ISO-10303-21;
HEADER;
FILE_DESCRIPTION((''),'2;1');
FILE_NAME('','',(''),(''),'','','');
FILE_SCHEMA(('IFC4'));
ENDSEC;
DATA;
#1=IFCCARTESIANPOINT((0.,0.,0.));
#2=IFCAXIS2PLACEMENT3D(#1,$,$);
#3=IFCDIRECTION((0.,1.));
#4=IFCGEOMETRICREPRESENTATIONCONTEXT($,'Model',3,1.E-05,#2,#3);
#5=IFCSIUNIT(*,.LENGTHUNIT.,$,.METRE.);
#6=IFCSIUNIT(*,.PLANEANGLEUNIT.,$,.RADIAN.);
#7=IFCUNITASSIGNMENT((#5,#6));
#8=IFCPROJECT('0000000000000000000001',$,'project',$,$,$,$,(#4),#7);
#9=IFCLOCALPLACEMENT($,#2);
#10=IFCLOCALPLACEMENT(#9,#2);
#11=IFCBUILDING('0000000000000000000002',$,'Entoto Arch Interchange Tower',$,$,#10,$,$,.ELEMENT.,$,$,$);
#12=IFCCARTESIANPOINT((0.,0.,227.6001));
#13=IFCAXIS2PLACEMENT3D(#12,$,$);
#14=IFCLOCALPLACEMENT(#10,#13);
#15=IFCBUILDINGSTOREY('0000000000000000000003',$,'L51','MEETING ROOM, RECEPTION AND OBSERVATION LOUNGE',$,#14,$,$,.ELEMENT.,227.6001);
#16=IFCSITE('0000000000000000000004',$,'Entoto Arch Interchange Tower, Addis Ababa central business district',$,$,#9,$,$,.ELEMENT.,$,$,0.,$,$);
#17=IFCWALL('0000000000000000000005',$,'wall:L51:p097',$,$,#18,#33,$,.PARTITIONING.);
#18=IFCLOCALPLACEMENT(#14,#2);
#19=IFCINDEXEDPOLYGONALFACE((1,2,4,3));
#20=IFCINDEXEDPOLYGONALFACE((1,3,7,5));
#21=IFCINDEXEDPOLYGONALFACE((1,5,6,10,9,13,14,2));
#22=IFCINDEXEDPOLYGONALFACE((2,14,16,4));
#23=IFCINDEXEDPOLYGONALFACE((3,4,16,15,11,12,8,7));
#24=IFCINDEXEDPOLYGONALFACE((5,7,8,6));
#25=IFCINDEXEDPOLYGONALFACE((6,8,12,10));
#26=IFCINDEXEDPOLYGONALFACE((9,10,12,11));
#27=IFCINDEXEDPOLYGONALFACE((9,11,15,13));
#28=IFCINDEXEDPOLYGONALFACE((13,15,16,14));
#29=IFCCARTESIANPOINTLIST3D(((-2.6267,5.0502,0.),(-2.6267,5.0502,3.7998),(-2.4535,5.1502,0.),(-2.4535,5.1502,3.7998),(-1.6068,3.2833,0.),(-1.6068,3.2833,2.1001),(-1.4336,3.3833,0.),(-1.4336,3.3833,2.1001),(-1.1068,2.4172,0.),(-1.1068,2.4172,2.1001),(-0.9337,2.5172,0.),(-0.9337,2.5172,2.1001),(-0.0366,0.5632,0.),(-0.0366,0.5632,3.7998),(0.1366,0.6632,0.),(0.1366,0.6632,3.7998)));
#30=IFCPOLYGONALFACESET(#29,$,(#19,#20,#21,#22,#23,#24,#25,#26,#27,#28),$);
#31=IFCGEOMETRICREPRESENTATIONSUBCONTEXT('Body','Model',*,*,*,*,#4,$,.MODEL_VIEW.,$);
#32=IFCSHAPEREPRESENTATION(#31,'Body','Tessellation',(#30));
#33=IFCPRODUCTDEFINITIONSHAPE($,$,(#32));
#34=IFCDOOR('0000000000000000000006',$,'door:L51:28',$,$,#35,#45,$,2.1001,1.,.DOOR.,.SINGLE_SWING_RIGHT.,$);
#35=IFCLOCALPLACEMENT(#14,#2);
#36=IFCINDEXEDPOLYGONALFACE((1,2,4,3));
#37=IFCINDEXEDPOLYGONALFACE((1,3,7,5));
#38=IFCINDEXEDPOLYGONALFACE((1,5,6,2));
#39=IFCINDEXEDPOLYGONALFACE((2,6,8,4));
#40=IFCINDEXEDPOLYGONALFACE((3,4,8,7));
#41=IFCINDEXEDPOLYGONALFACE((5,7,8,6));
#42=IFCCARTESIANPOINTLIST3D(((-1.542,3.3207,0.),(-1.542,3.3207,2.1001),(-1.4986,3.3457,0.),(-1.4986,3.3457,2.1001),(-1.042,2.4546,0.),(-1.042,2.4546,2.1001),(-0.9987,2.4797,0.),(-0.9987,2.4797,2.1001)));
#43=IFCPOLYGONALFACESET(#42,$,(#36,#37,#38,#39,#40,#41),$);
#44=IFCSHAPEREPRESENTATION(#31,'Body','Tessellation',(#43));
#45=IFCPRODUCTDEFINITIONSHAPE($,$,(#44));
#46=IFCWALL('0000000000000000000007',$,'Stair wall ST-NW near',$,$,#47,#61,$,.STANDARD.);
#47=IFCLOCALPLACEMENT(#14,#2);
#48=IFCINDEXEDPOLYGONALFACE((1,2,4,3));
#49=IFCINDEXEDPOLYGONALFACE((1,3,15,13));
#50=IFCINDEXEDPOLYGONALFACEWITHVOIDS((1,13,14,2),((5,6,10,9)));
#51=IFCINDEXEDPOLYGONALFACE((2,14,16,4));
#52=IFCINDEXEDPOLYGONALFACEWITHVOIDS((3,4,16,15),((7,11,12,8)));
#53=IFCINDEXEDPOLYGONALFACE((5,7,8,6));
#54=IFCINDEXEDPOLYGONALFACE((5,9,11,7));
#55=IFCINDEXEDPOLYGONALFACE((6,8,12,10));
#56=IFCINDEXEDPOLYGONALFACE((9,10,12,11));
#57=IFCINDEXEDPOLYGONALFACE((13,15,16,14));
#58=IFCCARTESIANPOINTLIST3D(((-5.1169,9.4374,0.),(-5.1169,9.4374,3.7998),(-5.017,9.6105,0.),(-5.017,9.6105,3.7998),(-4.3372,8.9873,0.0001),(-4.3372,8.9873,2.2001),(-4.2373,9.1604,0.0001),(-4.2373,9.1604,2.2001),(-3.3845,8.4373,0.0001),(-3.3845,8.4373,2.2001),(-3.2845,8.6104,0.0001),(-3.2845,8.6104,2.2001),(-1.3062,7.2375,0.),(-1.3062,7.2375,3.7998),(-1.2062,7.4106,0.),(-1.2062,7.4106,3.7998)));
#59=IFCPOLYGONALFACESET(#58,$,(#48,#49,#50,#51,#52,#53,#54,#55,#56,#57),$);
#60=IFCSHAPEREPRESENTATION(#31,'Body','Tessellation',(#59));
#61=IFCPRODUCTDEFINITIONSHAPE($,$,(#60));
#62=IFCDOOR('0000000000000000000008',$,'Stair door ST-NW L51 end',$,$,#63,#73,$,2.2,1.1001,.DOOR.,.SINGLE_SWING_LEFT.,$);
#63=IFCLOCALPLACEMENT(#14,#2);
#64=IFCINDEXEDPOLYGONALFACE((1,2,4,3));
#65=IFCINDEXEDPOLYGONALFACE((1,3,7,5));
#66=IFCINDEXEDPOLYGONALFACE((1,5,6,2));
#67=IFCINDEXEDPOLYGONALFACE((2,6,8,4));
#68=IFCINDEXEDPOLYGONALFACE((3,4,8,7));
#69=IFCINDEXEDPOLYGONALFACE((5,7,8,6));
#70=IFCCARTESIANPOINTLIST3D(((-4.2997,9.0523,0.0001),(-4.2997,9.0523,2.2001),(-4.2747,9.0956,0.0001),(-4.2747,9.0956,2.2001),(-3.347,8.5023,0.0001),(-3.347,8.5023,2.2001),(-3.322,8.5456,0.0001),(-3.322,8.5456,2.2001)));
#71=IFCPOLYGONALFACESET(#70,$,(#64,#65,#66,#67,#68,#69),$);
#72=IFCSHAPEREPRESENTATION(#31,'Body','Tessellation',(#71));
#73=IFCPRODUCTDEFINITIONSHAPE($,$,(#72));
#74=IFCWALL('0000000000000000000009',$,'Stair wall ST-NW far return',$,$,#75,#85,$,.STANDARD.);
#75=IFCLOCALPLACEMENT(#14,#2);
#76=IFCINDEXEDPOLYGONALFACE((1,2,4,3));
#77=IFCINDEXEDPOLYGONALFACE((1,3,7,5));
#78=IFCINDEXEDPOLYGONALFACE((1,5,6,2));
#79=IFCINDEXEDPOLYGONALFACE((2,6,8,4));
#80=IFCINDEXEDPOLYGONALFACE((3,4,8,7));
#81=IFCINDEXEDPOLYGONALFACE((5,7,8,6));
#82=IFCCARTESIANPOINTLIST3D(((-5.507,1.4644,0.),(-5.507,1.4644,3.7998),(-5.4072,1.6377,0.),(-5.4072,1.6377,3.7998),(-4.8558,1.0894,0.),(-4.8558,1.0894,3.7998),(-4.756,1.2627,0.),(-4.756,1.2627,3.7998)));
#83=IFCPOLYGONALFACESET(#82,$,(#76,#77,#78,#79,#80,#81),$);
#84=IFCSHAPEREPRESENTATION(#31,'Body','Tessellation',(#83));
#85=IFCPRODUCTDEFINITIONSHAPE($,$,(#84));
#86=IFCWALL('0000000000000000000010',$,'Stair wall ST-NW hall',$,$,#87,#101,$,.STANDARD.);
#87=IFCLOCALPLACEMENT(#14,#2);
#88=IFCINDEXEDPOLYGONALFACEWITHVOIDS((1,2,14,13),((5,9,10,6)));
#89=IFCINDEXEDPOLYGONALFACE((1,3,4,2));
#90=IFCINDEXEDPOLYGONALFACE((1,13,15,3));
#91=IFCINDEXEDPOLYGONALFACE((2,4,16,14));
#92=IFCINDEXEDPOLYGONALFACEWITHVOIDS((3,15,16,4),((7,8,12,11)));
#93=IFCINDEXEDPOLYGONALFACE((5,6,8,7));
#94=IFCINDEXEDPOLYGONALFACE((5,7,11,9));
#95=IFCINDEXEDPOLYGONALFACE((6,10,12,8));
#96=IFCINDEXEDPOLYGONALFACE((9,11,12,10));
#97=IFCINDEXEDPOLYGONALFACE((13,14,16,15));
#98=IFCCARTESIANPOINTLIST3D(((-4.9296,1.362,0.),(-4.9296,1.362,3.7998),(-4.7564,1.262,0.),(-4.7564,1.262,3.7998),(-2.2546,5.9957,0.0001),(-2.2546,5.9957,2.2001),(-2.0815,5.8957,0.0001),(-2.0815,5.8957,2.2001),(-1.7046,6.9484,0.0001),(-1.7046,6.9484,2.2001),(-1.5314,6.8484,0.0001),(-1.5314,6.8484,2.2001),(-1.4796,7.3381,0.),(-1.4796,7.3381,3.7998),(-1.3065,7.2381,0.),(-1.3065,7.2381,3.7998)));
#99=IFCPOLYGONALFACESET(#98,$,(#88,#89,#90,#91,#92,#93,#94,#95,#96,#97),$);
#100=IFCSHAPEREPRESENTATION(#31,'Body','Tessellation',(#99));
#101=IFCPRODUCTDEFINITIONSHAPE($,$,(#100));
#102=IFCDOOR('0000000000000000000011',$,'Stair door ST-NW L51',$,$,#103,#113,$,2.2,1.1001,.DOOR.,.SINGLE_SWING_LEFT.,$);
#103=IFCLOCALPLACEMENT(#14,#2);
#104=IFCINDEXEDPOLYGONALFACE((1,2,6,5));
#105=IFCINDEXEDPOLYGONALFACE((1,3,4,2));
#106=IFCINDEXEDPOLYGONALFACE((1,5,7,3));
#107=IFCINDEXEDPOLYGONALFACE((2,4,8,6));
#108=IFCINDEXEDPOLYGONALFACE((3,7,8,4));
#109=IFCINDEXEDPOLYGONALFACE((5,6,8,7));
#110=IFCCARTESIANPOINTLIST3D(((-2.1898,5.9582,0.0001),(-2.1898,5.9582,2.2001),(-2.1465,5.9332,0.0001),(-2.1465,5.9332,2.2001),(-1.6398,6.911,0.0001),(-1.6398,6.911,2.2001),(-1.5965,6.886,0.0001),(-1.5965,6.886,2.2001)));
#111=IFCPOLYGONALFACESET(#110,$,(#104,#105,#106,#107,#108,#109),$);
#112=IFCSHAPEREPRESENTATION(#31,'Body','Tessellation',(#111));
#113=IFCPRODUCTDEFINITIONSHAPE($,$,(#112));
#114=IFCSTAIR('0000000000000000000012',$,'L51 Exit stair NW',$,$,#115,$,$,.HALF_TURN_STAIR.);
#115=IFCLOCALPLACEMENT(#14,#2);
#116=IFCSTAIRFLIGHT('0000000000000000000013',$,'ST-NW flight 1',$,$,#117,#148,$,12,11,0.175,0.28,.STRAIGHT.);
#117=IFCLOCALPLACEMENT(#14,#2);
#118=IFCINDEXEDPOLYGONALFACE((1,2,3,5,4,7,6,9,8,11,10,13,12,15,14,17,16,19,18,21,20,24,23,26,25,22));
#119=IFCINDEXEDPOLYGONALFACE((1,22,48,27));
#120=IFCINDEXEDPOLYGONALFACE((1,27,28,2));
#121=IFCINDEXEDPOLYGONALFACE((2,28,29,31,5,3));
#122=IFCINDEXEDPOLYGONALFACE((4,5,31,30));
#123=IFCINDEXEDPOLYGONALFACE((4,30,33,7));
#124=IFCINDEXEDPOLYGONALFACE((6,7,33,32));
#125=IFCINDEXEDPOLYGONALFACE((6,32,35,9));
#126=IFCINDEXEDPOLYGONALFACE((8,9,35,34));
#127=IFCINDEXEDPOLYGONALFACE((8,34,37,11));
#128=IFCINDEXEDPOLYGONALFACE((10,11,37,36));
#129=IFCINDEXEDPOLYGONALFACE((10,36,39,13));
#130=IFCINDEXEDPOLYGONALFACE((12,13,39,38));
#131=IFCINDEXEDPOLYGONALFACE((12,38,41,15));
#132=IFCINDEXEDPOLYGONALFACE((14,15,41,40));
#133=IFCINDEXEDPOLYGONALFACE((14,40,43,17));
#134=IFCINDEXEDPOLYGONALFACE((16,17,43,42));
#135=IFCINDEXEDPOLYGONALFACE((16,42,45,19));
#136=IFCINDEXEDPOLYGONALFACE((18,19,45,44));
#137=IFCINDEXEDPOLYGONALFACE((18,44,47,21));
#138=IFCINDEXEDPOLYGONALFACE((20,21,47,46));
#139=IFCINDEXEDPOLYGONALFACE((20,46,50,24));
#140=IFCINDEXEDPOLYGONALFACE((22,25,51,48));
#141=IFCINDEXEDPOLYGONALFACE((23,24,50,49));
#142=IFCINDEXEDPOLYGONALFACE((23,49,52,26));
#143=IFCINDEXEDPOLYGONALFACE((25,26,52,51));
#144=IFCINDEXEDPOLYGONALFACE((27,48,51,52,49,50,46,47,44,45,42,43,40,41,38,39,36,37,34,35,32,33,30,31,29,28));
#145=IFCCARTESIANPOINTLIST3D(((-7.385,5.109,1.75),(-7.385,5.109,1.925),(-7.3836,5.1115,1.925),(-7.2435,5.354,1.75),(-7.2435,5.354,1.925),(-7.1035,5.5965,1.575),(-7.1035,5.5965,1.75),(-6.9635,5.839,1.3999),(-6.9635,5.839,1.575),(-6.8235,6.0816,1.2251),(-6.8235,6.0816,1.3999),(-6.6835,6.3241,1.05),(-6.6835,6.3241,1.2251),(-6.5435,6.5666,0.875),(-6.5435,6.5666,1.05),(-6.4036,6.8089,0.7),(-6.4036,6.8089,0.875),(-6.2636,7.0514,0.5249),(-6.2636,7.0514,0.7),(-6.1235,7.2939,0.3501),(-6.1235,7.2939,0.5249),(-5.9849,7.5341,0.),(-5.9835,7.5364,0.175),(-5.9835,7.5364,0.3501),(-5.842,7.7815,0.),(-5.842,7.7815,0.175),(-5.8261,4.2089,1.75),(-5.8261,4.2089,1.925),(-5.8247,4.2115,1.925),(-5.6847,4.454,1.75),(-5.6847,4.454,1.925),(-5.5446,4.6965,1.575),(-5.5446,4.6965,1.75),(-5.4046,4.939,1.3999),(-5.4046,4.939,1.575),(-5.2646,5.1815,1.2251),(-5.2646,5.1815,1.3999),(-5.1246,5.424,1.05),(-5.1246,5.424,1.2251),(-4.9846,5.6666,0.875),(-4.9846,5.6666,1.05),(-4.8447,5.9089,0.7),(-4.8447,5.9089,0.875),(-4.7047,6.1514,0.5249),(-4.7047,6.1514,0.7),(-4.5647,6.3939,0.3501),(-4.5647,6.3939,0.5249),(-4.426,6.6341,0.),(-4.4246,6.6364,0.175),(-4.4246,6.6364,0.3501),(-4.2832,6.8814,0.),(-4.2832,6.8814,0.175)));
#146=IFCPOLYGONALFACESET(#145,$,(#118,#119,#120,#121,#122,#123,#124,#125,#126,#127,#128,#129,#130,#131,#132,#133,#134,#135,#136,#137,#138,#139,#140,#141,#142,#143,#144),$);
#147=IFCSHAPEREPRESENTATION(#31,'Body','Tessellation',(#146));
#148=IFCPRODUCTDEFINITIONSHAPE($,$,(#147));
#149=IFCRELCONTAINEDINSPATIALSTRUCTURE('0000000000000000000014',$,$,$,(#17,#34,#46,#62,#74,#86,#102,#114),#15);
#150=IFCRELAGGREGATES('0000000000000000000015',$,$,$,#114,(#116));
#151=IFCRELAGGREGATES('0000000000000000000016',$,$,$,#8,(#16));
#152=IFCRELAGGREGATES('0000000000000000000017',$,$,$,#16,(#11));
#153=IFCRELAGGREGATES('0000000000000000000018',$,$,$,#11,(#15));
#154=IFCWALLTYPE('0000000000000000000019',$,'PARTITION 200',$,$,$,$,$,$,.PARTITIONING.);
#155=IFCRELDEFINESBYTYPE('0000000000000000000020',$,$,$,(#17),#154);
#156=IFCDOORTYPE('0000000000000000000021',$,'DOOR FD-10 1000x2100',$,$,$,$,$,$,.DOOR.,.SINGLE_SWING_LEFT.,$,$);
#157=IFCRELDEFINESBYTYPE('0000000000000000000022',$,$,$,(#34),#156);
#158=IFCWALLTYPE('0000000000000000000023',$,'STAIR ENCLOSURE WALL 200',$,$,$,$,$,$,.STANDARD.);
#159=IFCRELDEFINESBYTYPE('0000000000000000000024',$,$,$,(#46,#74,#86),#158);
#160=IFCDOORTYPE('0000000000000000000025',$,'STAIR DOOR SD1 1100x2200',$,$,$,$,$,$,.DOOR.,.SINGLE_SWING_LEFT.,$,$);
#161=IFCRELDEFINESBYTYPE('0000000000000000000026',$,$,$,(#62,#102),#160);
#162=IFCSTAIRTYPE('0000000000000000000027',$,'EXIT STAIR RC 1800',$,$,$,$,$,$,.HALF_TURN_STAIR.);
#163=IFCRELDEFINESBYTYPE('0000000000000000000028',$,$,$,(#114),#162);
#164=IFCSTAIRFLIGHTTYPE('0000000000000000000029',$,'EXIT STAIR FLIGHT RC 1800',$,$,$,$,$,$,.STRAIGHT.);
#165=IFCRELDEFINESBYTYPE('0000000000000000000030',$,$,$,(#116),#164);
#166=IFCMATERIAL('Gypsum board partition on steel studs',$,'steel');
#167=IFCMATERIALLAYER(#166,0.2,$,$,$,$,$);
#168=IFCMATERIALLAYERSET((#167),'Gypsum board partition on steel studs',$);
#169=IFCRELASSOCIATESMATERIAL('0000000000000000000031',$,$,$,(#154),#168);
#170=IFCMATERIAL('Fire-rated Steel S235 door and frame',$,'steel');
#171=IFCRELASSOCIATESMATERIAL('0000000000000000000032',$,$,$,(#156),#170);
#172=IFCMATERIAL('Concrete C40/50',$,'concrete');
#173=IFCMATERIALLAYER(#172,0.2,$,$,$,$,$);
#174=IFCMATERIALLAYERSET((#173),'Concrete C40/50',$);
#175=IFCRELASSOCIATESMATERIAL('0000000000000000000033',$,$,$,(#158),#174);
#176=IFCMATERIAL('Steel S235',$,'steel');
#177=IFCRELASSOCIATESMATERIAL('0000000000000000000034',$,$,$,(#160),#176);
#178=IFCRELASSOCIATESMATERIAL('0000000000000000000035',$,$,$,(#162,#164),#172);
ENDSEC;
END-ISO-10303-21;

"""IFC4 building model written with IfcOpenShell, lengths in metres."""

from ifc_helpers import new_model, si_unit, direction, frame, frame_2d, origin, place, context, subcontext, project, spatial, polyline, rectangle, outline, extrude, material, layer, layer_set, type_object, element, fill, aggregate, save


model = new_model("IFC4")

# Units and contexts
model_context = context("Model", 3, precision=1e-05, world=origin(), true_north=direction((0.0, 1.0)))
body_context = subcontext(model_context, "Body", "Model", "MODEL_VIEW")
ifc_project = project(units=[si_unit("LENGTHUNIT", "METRE"), si_unit("PLANEANGLEUNIT", "RADIAN")], contexts=[model_context])

# Site, building, storey
site_placement = place(None, origin())
site = spatial("IfcSite", under=ifc_project, at=site_placement, Name="Entoto Arch Interchange Tower, Addis Ababa central business district", CompositionType="ELEMENT", RefElevation=0.0)
building_placement = place(site_placement, origin())
building = spatial("IfcBuilding", under=site, at=building_placement, Name="Entoto Arch Interchange Tower", CompositionType="ELEMENT")
storey_placement = place(building_placement, frame((0.0, 0.0, 227.6001)))
storey = spatial("IfcBuildingStorey", under=building, at=storey_placement, Name="L51", Description="MEETING ROOM, RECEPTION AND OBSERVATION LOUNGE", CompositionType="ELEMENT", Elevation=227.6001)

# Walls, openings, doors
ifc_material_1 = material(Name="Gypsum board partition on steel studs", Category="steel")
ifc_layer_1 = layer(ifc_material_1, 0.2)
ifc_layer_set_1 = layer_set([ifc_layer_1], Name="Gypsum board partition on steel studs")
wall_type_1 = type_object("IfcWallType", Name="PARTITION 200", PredefinedType="PARTITIONING", material=ifc_layer_set_1)
wall_1_placement = place(storey_placement, frame((-2.54, 5.1001, 0.0), z_axis=(0.0, 0.0, 1.0), x_axis=(0.499925, -0.866069, 0.0)))
wall_1 = element("IfcWall", 1, at=wall_1_placement, inside=storey, type_object=wall_type_1, Name="wall:L51:p097", PredefinedType="PARTITIONING", context=body_context, shape_type="SweptSolid", body=[
    extrude(rectangle(XDim=5.1809, YDim=0.2, at=frame_2d((2.5903, 0.0))), origin(), (0.0, 0.0, 1.0), 3.7998),
])
opening_1_placement = place(wall_1_placement, frame((2.04, 0.0, 0.0)))
opening_1 = element("IfcOpeningElement", 2, at=opening_1_placement, cuts=wall_1, PredefinedType="OPENING", context=body_context, shape_type="SweptSolid", body=[
    extrude(rectangle(XDim=1.0, YDim=2.1001, at=frame_2d((0.5, 1.05))), frame((0.0, 0.1099, 0.0), z_axis=(0.0, -1.0, 0.0), x_axis=(1.0, 0.0, 0.0)), (0.0, 0.0, 1.0), 0.22),
])
ifc_material_2 = material(Name="Fire-rated Steel S235 door and frame", Category="steel")
door_type_1 = type_object("IfcDoorType", Name="DOOR FD-10 1000x2100", OperationType="SINGLE_SWING_LEFT", PredefinedType="DOOR", material=ifc_material_2)
door_1_placement = place(opening_1_placement, origin())
door_1 = element("IfcDoor", 3, at=door_1_placement, inside=storey, type_object=door_type_1, Name="door:L51:28", OperationType="SINGLE_SWING_RIGHT", OverallHeight=2.1001, OverallWidth=1.0, PredefinedType="DOOR", context=body_context, shape_type="SweptSolid", body=[
    extrude(rectangle(XDim=1.0, YDim=2.1001, at=frame_2d((0.5, 1.05))), frame((0.0, 0.0249, 0.0), z_axis=(0.0, -1.0, 0.0), x_axis=(1.0, 0.0, 0.0)), (0.0, 0.0, 1.0), 0.05),
])
fill(opening_1, door_1)
ifc_material_3 = material(Name="Concrete C40/50", Category="concrete")
ifc_layer_2 = layer(ifc_material_3, 0.2)
ifc_layer_set_2 = layer_set([ifc_layer_2], Name="Concrete C40/50")
wall_type_2 = type_object("IfcWallType", Name="STAIR ENCLOSURE WALL 200", PredefinedType="STANDARD", material=ifc_layer_set_2)
wall_2_placement = place(storey_placement, frame((-1.2561, 7.324, 0.0), z_axis=(0.0, 0.0, 1.0), x_axis=(-0.866046, 0.499964, 0.0)))
wall_2 = element("IfcWall", 4, at=wall_2_placement, inside=storey, type_object=wall_type_2, Name="Stair wall ST-NW near", PredefinedType="STANDARD", context=body_context, shape_type="SweptSolid", body=[
    extrude(rectangle(XDim=4.4001, YDim=0.2, at=frame_2d((2.2002, 0.0))), origin(), (0.0, 0.0, 1.0), 3.7998),
])
opening_2_placement = place(wall_2_placement, frame((2.3999, 0.0, 0.0)))
opening_2 = element("IfcOpeningElement", 5, at=opening_2_placement, cuts=wall_2, PredefinedType="OPENING", context=body_context, shape_type="SweptSolid", body=[
    extrude(rectangle(XDim=1.1001, YDim=2.2, at=frame_2d((0.55, 1.1001))), frame((0.0, 0.1099, 0.0), z_axis=(0.0, -1.0, 0.0), x_axis=(1.0, 0.0, 0.0)), (0.0, 0.0, 1.0), 0.22),
])
ifc_material_4 = material(Name="Steel S235", Category="steel")
door_type_2 = type_object("IfcDoorType", Name="STAIR DOOR SD1 1100x2200", OperationType="SINGLE_SWING_LEFT", PredefinedType="DOOR", material=ifc_material_4)
door_2_placement = place(opening_2_placement, origin())
door_2 = element("IfcDoor", 6, at=door_2_placement, inside=storey, type_object=door_type_2, Name="Stair door ST-NW L51 end", OperationType="SINGLE_SWING_LEFT", OverallHeight=2.2, OverallWidth=1.1001, PredefinedType="DOOR", context=body_context, shape_type="SweptSolid", body=[
    extrude(rectangle(XDim=1.1001, YDim=2.2, at=frame_2d((0.55, 1.1001))), frame((0.0, 0.0249, 0.0), z_axis=(0.0, -1.0, 0.0), x_axis=(1.0, 0.0, 0.0)), (0.0, 0.0, 1.0), 0.05),
])
fill(opening_2, door_2)

# Wall
wall_3_placement = place(storey_placement, frame((-4.8059, 1.176, 0.0), z_axis=(0.0, 0.0, 1.0), x_axis=(-0.866559, 0.499075, 0.0)))
element("IfcWall", 7, at=wall_3_placement, inside=storey, type_object=wall_type_2, Name="Stair wall ST-NW far return", PredefinedType="STANDARD", context=body_context, shape_type="SweptSolid", body=[
    extrude(rectangle(XDim=0.7515, YDim=0.2, at=frame_2d((0.3757, 0.0))), origin(), (0.0, 0.0, 1.0), 3.7998),
])

# Wall, opening, door
wall_4_placement = place(storey_placement, frame((-1.3931, 7.2881, 0.0), z_axis=(0.0, 0.0, 1.0), x_axis=(-0.499963, -0.866047, 0.0)))
wall_4 = element("IfcWall", 8, at=wall_4_placement, inside=storey, type_object=wall_type_2, Name="Stair wall ST-NW hall", PredefinedType="STANDARD", context=body_context, shape_type="SweptSolid", body=[
    extrude(rectangle(XDim=6.9004, YDim=0.2, at=frame_2d((3.4502, 0.0))), origin(), (0.0, 0.0, 1.0), 3.7998),
])
opening_3_placement = place(wall_4_placement, frame((0.45, 0.0, 0.0)))
opening_3 = element("IfcOpeningElement", 9, at=opening_3_placement, cuts=wall_4, PredefinedType="OPENING", context=body_context, shape_type="SweptSolid", body=[
    extrude(rectangle(XDim=1.1001, YDim=2.2, at=frame_2d((0.55, 1.1001))), frame((0.0, 0.1099, 0.0), z_axis=(0.0, -1.0, 0.0), x_axis=(1.0, 0.0, 0.0)), (0.0, 0.0, 1.0), 0.22),
])
door_3_placement = place(opening_3_placement, origin())
door_3 = element("IfcDoor", 10, at=door_3_placement, inside=storey, type_object=door_type_2, Name="Stair door ST-NW L51", OperationType="SINGLE_SWING_LEFT", OverallHeight=2.2, OverallWidth=1.1001, PredefinedType="DOOR", context=body_context, shape_type="SweptSolid", body=[
    extrude(rectangle(XDim=1.1001, YDim=2.2, at=frame_2d((0.55, 1.1001))), frame((0.0, 0.0249, 0.0), z_axis=(0.0, -1.0, 0.0), x_axis=(1.0, 0.0, 0.0)), (0.0, 0.0, 1.0), 0.05),
])
fill(opening_3, door_3)

# Stair, stair flight
stair_type = type_object("IfcStairType", Name="EXIT STAIR RC 1800", PredefinedType="HALF_TURN_STAIR", material=ifc_material_3)
stair_placement = place(storey_placement, origin())
stair = element("IfcStair", 11, at=stair_placement, inside=storey, type_object=stair_type, Name="L51 Exit stair NW", PredefinedType="HALF_TURN_STAIR")
stair_flight_type = type_object("IfcStairFlightType", Name="EXIT STAIR FLIGHT RC 1800", PredefinedType="STRAIGHT", material=ifc_material_3)
stair_flight_1_placement = place(storey_placement, frame((-5.064, 7.3289, 0.0), z_axis=(0.0, 0.0, 1.0), x_axis=(-0.5, -0.866025, 0.0)))
stair_flight_1 = element("IfcStairFlight", 12, at=stair_flight_1_placement, type_object=stair_flight_type, Name="ST-NW flight 1", NumberOfRisers=12, NumberOfTreads=11, PredefinedType="STRAIGHT", RiserHeight=0.175, TreadLength=0.28, context=body_context, shape_type="SweptSolid", body=[
    extrude(outline(polyline([(-0.0029, 0.0), (-0.0029, 0.175), (0.28, 0.175), (0.28, 0.3501), (0.5601, 0.3501), (0.5601, 0.5249), (0.8401, 0.5249), (0.8401, 0.7), (1.1201, 0.7), (1.1201, 0.875), (1.3999, 0.875), (1.3999, 1.05), (1.6799, 1.05), (1.6799, 1.2251), (1.96, 1.2251), (1.96, 1.3999), (2.24, 1.3999), (2.24, 1.575), (2.52, 1.575), (2.52, 1.75), (2.8, 1.75), (2.8, 1.925), (3.0801, 1.925), (3.083, 1.925), (3.083, 1.75), (0.2827, 0.0), (-0.0029, 0.0)])), frame((0.0, 0.8999, 0.0), z_axis=(0.0, -1.0, 0.0), x_axis=(1.0, 0.0, 0.0)), (0.0, 0.0, 1.0), 1.8),
])
aggregate(stair, [stair_flight_1])

save(model, "model.ifc")
